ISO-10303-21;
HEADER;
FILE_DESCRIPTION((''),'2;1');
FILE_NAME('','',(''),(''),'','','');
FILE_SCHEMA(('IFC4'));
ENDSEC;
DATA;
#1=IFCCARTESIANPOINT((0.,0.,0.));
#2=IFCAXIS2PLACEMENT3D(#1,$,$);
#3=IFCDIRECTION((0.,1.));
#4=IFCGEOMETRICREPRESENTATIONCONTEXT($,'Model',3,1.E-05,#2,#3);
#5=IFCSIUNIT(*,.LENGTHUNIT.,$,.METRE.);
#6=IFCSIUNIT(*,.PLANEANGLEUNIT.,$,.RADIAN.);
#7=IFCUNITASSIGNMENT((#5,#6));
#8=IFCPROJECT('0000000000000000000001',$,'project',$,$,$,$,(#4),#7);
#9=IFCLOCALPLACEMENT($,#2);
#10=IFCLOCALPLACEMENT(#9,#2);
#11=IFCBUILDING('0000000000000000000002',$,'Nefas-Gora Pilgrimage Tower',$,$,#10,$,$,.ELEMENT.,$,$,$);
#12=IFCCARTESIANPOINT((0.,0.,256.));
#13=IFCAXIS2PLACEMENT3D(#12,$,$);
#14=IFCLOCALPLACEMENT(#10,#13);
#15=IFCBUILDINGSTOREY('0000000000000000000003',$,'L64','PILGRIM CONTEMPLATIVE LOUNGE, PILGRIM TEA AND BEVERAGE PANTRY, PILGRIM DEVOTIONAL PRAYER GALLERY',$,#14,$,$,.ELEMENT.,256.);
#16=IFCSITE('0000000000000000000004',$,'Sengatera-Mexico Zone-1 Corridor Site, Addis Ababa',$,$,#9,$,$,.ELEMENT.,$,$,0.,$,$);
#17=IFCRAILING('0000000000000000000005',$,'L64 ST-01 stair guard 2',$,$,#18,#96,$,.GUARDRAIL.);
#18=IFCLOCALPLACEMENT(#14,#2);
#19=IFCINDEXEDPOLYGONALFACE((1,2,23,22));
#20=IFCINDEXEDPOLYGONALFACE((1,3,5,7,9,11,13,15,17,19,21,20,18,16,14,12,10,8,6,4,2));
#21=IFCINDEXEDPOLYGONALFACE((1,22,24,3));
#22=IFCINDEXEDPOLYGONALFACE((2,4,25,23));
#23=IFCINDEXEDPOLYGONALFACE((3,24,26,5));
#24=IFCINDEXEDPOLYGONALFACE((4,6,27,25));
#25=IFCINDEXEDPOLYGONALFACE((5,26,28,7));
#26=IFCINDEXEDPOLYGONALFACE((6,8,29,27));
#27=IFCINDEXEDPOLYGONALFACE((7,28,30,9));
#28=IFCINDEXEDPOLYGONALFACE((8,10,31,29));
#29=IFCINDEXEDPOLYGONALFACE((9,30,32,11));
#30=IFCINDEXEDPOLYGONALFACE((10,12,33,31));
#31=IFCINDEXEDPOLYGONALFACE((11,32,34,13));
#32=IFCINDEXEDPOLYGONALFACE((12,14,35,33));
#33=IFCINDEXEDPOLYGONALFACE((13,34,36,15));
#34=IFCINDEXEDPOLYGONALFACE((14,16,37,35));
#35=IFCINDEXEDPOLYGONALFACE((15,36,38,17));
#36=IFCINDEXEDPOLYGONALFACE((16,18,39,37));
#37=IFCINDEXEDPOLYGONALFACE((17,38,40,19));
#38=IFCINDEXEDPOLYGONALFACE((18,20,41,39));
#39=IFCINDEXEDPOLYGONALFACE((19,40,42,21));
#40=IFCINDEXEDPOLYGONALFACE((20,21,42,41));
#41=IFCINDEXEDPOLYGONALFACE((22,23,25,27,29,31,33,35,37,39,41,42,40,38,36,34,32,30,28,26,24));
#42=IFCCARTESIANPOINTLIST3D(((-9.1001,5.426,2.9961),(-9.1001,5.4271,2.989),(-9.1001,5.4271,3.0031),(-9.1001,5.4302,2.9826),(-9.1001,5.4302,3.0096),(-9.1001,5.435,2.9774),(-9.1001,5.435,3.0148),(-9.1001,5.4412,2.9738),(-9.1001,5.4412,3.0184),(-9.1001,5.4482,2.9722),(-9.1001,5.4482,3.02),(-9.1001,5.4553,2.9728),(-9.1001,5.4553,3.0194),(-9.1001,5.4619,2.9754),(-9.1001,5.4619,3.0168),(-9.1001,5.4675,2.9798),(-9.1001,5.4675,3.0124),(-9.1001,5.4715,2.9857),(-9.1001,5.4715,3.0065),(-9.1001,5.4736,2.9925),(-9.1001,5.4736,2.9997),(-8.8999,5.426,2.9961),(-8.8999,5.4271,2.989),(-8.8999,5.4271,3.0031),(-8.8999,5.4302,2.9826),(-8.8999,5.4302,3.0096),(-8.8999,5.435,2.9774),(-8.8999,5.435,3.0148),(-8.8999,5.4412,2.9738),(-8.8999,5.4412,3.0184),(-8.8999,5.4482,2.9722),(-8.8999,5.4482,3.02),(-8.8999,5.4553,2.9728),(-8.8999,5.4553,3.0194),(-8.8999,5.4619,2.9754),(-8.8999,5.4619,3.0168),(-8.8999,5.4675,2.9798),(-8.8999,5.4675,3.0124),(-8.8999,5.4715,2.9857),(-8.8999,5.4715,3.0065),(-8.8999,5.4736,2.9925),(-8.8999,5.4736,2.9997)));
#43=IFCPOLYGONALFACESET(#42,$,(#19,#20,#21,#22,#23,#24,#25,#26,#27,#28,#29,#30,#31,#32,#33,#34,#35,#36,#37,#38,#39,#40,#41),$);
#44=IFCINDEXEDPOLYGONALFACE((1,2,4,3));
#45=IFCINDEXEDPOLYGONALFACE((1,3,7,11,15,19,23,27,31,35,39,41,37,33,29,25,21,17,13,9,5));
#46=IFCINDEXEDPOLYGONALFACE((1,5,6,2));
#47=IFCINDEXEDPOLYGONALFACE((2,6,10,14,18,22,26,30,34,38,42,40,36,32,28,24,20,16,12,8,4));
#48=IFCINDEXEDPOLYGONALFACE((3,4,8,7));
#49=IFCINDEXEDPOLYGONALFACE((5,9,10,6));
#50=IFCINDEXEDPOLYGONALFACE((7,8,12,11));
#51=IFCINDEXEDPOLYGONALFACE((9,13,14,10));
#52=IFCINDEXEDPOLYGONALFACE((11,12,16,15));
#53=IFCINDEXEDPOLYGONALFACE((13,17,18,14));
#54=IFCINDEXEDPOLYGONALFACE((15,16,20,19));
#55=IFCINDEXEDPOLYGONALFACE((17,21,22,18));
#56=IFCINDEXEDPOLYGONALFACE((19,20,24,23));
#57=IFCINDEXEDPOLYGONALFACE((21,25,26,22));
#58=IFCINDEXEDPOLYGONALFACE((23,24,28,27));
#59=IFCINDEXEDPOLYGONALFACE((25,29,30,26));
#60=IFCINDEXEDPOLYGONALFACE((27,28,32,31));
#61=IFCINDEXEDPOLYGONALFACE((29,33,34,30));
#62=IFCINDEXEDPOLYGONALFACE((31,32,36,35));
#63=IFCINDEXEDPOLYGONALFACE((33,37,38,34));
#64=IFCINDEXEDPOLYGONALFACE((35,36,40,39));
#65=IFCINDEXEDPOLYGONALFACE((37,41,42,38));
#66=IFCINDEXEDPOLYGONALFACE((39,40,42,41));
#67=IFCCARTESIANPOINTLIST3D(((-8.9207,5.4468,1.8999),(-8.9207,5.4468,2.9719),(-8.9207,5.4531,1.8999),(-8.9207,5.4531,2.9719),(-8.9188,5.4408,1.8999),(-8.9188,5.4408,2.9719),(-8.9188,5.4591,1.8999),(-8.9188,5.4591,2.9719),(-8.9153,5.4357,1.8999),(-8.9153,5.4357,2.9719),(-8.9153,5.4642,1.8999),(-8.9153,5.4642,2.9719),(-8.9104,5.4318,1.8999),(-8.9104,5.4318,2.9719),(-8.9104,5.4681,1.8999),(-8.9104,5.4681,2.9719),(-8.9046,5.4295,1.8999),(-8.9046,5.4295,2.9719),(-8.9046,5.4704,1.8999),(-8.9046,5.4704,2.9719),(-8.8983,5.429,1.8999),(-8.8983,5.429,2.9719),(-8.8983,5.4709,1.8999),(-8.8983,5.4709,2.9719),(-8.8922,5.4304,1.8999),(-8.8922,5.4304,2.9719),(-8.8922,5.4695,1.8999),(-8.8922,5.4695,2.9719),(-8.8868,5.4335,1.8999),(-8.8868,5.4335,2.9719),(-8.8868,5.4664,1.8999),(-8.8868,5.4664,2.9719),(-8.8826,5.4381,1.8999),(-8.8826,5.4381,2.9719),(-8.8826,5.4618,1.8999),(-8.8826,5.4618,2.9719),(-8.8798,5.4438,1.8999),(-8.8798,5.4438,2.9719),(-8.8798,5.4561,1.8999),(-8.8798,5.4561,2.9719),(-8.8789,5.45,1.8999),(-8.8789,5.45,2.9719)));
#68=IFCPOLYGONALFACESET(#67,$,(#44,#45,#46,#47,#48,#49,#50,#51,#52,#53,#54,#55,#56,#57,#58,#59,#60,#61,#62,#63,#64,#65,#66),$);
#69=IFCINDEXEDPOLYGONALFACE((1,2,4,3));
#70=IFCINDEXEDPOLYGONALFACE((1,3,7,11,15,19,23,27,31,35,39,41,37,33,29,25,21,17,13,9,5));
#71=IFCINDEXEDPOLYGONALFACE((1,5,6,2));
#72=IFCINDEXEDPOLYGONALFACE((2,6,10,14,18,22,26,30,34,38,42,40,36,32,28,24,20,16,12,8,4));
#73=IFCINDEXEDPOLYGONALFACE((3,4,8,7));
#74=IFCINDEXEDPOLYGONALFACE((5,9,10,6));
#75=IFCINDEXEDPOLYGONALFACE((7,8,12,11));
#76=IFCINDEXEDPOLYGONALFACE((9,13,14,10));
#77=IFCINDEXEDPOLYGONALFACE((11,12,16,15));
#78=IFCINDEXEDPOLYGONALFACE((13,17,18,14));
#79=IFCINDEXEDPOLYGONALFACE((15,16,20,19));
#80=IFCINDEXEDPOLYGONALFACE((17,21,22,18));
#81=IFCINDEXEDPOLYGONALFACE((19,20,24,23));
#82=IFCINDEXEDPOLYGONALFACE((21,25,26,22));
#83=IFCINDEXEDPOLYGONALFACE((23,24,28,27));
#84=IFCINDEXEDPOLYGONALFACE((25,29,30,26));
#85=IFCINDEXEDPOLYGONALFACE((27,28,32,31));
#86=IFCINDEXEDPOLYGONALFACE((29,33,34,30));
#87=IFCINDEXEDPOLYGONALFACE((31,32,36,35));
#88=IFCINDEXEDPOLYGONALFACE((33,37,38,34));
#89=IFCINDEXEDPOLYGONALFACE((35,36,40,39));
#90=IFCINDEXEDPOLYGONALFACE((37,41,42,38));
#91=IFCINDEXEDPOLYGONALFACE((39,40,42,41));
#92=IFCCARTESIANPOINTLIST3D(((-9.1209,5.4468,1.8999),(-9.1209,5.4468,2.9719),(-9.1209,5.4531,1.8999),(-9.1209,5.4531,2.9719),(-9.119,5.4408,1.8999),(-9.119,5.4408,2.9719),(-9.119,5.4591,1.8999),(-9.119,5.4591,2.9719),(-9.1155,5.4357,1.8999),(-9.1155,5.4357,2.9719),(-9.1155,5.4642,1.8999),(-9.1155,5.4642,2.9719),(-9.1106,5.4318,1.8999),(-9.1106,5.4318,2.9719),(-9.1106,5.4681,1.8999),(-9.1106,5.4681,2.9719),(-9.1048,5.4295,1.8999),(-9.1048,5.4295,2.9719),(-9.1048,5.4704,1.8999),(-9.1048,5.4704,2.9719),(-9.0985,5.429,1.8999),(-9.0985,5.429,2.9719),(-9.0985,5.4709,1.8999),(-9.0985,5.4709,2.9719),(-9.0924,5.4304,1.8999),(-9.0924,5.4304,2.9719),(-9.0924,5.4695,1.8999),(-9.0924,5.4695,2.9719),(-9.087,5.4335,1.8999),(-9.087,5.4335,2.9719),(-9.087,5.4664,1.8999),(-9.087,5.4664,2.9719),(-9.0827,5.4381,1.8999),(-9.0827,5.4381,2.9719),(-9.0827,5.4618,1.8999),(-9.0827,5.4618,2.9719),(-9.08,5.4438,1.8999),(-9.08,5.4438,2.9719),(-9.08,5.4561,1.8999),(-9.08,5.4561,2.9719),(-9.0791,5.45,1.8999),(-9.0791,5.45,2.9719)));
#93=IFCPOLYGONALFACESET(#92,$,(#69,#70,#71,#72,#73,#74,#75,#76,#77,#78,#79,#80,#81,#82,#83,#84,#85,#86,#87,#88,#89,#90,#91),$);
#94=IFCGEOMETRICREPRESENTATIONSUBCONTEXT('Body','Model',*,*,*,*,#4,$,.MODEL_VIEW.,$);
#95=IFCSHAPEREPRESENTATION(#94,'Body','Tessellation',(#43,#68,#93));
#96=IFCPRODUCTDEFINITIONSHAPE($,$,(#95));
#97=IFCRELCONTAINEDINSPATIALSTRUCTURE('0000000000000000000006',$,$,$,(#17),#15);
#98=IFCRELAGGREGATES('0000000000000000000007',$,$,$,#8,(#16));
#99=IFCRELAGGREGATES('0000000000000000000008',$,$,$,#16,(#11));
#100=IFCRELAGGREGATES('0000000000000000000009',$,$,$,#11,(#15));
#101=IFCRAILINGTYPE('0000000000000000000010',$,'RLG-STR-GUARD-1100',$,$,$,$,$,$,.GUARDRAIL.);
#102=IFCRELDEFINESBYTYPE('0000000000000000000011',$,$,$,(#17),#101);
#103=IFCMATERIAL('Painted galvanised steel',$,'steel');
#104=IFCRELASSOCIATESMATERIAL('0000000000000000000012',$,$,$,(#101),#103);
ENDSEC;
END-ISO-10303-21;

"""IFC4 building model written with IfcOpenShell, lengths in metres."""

from ifc_helpers import new_model, si_unit, direction, frame, origin, origin_2d, place, context, subcontext, project, spatial, circle, extrude, material, type_object, element, save


model = new_model("IFC4")

# Units and contexts
model_context = context("Model", 3, precision=1e-05, world=origin(), true_north=direction((0.0, 1.0)))
body_context = subcontext(model_context, "Body", "Model", "MODEL_VIEW")
ifc_project = project(units=[si_unit("LENGTHUNIT", "METRE"), si_unit("PLANEANGLEUNIT", "RADIAN")], contexts=[model_context])

# Site, building, storey
site_placement = place(None, origin())
site = spatial("IfcSite", under=ifc_project, at=site_placement, Name="Sengatera-Mexico Zone-1 Corridor Site, Addis Ababa", CompositionType="ELEMENT", RefElevation=0.0)
building_placement = place(site_placement, origin())
building = spatial("IfcBuilding", under=site, at=building_placement, Name="Nefas-Gora Pilgrimage Tower", CompositionType="ELEMENT")
storey_placement = place(building_placement, frame((0.0, 0.0, 256.0)))
storey = spatial("IfcBuildingStorey", under=building, at=storey_placement, Name="L64", Description="PILGRIM CONTEMPLATIVE LOUNGE, PILGRIM TEA AND BEVERAGE PANTRY, PILGRIM DEVOTIONAL PRAYER GALLERY", CompositionType="ELEMENT", Elevation=256.0)

# Railing
ifc_material_1 = material(Name="Painted galvanised steel", Category="steel")
railing_type_1 = type_object("IfcRailingType", Name="RLG-STR-GUARD-1100", PredefinedType="GUARDRAIL", material=ifc_material_1)
railing_1_placement = place(storey_placement, frame((-8.8999, 5.45, 1.8999)))
element("IfcRailing", 1, at=railing_1_placement, inside=storey, type_object=railing_type_1, Name="L64 ST-01 stair guard 2", PredefinedType="GUARDRAIL", context=body_context, shape_type="SweptSolid", body=[
    extrude(circle(Radius=0.0239, at=origin_2d()), frame((0.0, 0.0, 1.0962), z_axis=(-1.0, 0.0, 0.0), x_axis=(0.0, -1.0, 0.0)), (0.0, 0.0, 1.0), 0.2002),
    extrude(circle(Radius=0.021, at=origin_2d()), origin(), (0.0, 0.0, 1.0), 1.072),
    extrude(circle(Radius=0.021, at=origin_2d()), frame((-0.2002, 0.0, 0.0)), (0.0, 0.0, 1.0), 1.072),
])

save(model, "model.ifc")
